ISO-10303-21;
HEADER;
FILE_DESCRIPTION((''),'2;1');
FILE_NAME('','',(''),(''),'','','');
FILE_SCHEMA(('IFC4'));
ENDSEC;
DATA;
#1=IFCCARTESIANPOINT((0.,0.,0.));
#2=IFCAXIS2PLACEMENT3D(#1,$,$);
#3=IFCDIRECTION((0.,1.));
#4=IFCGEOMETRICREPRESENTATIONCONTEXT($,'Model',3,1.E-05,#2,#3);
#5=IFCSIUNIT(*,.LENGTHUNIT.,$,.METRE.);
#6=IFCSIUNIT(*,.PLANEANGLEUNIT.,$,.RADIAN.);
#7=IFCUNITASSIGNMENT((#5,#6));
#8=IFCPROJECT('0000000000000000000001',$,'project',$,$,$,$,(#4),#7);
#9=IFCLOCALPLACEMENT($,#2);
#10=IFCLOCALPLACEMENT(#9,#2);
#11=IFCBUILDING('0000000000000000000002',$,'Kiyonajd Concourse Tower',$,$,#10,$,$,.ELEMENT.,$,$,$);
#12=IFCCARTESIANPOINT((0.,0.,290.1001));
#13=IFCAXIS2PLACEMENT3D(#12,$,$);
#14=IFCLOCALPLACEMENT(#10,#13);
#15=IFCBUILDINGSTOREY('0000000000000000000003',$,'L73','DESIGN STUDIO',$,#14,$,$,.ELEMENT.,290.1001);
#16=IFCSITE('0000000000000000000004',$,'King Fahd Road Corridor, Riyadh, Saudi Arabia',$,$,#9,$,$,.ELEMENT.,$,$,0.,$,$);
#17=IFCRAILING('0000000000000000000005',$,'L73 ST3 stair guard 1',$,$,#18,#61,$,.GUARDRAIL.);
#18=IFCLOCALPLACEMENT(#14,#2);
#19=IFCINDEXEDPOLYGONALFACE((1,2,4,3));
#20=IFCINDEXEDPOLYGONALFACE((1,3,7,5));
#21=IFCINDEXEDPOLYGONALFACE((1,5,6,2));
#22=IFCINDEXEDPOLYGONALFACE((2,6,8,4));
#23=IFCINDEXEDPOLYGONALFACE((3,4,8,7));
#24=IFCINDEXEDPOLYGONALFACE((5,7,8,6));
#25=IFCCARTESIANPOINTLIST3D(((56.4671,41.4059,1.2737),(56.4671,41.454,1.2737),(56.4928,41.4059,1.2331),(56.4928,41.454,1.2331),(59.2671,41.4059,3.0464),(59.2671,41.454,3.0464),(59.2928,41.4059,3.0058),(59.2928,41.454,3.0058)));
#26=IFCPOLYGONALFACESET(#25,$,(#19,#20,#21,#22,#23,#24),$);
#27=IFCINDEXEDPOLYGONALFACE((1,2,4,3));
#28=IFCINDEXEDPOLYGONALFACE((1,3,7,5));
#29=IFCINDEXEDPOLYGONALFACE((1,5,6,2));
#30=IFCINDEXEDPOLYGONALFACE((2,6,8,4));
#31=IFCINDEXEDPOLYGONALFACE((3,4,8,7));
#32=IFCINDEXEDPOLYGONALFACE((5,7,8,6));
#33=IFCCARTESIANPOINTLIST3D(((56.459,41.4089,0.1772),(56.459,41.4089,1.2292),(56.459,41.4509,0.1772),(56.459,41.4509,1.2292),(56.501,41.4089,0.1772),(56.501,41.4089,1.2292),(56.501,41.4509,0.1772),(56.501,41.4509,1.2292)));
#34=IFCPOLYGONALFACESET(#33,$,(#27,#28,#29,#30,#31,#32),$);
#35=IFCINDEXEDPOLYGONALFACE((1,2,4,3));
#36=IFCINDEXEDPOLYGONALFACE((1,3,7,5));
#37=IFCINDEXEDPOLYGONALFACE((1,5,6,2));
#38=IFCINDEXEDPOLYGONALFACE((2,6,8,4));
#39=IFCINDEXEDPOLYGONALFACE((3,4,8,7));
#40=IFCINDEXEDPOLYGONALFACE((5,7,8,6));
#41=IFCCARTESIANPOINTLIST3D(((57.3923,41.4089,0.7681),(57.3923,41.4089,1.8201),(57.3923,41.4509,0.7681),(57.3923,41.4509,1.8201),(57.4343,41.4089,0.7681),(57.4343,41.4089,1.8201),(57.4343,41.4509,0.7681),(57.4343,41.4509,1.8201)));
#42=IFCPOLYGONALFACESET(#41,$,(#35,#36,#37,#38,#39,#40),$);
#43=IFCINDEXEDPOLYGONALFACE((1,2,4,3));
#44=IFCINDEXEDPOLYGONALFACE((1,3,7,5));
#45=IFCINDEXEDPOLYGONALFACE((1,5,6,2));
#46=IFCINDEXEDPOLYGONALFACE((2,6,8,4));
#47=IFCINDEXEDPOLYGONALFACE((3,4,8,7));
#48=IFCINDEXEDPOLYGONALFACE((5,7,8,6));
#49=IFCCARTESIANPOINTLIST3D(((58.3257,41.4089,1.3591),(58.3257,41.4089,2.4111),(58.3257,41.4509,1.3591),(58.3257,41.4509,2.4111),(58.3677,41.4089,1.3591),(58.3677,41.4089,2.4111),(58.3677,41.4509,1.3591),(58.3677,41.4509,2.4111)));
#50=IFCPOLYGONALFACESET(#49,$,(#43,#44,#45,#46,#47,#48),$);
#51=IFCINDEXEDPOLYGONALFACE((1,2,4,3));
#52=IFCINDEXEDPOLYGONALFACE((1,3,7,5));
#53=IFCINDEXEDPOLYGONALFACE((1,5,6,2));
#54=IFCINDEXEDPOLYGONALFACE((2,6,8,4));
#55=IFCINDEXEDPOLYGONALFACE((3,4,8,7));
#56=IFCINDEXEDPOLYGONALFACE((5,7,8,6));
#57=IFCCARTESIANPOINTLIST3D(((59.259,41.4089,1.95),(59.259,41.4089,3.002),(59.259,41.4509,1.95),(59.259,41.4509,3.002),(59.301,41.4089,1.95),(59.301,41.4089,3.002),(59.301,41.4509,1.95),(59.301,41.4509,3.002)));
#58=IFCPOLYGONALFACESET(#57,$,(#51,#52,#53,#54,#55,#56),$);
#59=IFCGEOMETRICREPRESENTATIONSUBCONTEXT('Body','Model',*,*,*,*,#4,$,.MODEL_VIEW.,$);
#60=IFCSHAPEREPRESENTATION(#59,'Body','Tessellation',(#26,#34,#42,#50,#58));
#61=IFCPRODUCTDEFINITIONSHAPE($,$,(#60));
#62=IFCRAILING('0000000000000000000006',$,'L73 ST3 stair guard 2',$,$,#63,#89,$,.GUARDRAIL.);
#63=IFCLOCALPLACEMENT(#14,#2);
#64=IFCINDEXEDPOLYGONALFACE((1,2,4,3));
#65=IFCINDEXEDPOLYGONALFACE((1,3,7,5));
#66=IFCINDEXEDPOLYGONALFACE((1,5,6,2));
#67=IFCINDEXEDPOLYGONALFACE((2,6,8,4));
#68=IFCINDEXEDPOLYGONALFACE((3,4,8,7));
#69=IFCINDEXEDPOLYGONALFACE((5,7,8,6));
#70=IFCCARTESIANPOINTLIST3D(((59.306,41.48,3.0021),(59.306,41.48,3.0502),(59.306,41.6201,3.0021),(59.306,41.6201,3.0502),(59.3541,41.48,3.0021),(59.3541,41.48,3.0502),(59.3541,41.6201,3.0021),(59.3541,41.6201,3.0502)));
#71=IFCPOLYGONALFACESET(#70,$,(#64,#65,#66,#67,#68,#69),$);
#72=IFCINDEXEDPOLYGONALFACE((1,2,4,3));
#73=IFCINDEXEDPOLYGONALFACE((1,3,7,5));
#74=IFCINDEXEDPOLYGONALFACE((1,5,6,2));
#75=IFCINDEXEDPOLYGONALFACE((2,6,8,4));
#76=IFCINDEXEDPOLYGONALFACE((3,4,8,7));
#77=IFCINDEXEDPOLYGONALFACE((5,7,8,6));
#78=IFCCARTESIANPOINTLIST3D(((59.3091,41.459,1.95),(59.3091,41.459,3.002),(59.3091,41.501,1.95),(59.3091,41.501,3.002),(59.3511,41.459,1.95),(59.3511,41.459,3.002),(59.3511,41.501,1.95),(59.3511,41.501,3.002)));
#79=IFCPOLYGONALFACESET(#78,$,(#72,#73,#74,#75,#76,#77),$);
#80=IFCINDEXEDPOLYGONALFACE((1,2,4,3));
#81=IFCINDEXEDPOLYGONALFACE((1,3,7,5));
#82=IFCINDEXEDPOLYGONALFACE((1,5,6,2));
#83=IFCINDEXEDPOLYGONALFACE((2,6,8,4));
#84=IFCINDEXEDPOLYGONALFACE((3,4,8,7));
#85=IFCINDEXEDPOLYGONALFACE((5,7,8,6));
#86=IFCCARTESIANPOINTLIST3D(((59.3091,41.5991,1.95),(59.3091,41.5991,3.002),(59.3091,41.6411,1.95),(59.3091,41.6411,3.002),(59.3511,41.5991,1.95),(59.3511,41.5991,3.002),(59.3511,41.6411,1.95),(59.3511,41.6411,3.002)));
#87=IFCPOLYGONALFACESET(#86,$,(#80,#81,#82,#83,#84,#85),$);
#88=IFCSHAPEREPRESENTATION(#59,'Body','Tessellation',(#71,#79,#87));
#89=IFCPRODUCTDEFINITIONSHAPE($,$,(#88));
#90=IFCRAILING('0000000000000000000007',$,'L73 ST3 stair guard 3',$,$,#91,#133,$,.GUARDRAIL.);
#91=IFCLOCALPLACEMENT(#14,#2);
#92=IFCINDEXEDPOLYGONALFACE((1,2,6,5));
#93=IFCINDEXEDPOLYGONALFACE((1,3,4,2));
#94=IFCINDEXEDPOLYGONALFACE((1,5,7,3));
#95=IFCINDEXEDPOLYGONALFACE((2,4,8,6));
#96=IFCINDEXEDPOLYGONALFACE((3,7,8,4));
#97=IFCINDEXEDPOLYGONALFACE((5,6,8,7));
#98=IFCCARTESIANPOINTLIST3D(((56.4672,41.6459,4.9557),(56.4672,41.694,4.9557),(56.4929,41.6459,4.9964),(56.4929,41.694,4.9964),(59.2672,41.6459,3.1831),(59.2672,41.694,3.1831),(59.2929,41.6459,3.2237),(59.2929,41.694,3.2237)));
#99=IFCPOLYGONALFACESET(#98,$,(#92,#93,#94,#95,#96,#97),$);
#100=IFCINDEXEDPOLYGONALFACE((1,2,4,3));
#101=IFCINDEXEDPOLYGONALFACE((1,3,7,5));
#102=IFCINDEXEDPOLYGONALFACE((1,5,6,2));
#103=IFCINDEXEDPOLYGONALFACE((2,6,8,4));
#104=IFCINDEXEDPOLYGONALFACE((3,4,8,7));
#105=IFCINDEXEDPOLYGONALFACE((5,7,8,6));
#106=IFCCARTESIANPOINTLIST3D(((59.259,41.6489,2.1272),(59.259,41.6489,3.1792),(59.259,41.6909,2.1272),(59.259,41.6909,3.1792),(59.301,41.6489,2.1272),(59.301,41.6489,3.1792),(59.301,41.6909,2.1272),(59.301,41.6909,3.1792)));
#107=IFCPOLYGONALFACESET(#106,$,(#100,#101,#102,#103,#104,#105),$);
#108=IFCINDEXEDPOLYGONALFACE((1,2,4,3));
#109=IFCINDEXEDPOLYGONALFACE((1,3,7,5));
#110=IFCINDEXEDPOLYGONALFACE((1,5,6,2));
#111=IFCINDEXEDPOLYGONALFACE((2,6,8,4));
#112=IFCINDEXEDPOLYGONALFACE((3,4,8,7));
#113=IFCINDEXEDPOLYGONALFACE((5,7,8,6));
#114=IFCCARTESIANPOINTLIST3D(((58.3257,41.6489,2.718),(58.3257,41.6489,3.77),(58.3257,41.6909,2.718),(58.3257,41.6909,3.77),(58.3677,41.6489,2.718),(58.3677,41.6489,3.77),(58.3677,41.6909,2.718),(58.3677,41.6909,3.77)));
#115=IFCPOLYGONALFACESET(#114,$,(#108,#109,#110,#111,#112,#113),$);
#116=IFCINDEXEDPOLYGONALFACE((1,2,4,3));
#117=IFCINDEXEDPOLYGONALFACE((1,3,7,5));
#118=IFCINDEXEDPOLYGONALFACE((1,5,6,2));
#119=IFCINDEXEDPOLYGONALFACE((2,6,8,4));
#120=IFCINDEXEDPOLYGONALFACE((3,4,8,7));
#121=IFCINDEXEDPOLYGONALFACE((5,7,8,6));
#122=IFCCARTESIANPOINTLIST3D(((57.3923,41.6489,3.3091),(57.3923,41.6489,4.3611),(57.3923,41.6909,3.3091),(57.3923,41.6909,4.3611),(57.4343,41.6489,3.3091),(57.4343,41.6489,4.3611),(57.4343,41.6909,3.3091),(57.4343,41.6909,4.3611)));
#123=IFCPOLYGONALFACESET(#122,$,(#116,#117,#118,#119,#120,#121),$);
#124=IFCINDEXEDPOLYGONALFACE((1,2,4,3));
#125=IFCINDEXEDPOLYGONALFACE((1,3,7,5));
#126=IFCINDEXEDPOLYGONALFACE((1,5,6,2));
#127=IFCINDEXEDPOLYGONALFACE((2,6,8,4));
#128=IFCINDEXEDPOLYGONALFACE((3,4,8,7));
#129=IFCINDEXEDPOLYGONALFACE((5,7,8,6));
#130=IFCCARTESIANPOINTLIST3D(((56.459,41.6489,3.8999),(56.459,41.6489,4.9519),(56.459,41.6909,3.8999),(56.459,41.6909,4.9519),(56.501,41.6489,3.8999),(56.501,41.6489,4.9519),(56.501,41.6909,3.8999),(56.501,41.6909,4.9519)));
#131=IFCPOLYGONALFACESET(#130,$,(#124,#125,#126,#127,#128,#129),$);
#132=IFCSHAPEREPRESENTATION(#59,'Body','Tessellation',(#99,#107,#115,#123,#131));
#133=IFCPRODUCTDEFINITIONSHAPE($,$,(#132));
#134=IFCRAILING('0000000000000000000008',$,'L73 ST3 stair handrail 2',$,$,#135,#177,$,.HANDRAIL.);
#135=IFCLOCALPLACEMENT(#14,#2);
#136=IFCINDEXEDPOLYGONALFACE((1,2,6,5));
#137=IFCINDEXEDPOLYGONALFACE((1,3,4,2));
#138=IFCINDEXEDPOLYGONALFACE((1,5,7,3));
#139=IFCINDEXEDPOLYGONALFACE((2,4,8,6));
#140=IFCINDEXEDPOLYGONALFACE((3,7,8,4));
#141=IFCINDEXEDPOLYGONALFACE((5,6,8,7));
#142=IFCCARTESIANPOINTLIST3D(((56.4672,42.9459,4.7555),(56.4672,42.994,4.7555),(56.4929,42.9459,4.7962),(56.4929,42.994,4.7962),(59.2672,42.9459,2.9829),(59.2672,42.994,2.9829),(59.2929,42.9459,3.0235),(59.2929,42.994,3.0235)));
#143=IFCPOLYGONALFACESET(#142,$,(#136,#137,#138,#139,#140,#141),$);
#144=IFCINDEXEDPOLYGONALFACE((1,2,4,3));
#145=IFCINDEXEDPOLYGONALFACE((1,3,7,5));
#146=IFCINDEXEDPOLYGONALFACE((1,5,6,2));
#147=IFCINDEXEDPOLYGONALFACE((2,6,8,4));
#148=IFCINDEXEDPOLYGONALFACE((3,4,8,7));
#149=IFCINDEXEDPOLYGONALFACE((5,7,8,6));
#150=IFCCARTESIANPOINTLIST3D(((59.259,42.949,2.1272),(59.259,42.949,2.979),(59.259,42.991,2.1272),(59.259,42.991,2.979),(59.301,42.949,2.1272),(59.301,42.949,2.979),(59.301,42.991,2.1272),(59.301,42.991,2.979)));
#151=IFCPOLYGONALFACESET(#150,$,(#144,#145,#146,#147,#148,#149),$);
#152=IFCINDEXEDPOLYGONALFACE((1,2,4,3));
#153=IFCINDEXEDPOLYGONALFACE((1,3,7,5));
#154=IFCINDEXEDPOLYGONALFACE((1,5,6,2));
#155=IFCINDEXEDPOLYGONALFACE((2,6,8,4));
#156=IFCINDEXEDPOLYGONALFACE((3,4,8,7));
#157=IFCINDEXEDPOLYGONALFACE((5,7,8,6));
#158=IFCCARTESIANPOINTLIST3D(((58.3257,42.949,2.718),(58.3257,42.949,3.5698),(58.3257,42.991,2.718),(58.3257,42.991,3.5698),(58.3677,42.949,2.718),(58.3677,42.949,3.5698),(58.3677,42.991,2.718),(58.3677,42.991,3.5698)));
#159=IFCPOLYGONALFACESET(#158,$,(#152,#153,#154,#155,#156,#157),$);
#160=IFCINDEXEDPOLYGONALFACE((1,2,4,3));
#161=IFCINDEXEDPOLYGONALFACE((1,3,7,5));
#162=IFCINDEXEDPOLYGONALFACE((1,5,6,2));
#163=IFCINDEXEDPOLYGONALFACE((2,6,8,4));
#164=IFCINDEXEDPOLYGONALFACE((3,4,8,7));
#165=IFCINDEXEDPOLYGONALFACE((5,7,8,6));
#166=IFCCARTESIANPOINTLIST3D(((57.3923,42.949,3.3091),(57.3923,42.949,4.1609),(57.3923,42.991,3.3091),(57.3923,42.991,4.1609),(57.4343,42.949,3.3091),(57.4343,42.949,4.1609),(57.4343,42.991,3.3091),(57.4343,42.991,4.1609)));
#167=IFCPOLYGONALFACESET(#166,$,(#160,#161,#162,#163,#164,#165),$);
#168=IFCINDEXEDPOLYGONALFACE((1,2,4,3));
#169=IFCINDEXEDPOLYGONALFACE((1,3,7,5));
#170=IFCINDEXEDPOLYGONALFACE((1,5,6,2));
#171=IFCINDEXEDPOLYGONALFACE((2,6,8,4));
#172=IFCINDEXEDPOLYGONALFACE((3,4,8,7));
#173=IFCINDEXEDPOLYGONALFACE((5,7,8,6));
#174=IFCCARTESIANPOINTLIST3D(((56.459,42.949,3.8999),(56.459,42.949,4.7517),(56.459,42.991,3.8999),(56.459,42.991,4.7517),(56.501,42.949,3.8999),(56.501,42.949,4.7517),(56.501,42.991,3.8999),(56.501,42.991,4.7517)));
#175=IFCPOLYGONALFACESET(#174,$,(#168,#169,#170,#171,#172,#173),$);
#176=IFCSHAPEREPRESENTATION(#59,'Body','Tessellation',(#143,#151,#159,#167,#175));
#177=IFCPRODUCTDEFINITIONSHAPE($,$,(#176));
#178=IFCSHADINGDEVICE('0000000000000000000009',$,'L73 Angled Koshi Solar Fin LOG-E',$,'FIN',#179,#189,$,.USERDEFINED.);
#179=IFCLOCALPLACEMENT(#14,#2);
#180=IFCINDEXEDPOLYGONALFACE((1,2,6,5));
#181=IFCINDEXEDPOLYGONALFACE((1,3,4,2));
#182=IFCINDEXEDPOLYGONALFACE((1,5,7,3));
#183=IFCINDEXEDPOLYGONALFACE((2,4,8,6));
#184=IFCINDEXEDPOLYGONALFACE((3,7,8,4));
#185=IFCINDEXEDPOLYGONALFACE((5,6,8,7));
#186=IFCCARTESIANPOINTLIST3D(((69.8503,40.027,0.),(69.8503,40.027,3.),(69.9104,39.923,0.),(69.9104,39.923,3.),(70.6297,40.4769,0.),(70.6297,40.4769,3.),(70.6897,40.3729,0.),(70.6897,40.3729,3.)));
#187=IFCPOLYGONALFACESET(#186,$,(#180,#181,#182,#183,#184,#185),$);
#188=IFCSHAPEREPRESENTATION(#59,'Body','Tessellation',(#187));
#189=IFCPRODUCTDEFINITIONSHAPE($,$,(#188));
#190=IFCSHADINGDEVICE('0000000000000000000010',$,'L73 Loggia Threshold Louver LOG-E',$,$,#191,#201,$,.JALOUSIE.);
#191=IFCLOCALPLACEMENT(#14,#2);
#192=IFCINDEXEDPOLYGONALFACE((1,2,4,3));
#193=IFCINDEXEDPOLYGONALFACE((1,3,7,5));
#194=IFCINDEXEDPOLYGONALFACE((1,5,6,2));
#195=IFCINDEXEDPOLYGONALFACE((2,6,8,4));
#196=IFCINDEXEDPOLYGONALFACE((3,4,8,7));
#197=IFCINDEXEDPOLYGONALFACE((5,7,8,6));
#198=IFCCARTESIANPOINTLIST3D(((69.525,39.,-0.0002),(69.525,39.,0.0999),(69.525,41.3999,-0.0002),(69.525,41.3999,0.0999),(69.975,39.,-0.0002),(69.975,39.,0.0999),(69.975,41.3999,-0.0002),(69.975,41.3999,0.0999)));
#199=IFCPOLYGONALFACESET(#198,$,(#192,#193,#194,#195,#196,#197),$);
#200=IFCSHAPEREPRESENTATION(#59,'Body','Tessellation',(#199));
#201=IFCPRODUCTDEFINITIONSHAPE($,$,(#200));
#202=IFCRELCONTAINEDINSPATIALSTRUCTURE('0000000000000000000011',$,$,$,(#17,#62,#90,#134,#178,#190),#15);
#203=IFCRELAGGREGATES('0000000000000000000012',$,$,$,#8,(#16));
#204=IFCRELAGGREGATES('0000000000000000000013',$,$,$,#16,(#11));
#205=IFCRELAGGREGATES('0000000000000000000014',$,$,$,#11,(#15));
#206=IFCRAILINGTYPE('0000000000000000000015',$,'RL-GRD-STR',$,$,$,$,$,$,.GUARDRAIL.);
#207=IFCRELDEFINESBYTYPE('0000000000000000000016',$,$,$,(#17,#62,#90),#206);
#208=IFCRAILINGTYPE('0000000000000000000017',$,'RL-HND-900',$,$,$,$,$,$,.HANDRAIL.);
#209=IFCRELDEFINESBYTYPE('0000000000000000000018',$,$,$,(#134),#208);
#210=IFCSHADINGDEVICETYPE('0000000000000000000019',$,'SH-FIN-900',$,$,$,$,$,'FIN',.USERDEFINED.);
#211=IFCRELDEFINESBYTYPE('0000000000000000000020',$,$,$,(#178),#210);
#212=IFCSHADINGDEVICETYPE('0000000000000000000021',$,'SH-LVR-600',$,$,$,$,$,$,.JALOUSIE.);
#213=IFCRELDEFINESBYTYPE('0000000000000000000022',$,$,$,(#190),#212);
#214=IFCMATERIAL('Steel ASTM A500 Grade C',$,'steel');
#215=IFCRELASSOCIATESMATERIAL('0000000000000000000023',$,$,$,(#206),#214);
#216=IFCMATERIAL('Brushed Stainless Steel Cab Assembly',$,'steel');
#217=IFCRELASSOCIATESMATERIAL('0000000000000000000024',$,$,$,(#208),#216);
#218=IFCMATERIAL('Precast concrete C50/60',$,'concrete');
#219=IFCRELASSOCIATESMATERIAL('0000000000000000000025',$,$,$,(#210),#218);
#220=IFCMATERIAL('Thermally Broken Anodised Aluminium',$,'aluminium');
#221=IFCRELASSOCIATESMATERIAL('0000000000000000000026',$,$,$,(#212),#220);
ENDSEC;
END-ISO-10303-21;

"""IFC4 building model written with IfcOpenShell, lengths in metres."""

from ifc_helpers import new_model, si_unit, direction, frame, origin, origin_2d, place, context, subcontext, project, spatial, rectangle, extrude, material, type_object, element, save


model = new_model("IFC4")

# Units and contexts
model_context = context("Model", 3, precision=1e-05, world=origin(), true_north=direction((0.0, 1.0)))
body_context = subcontext(model_context, "Body", "Model", "MODEL_VIEW")
ifc_project = project(units=[si_unit("LENGTHUNIT", "METRE"), si_unit("PLANEANGLEUNIT", "RADIAN")], contexts=[model_context])

# Site, building, storey
site_placement = place(None, origin())
site = spatial("IfcSite", under=ifc_project, at=site_placement, Name="King Fahd Road Corridor, Riyadh, Saudi Arabia", CompositionType="ELEMENT", RefElevation=0.0)
building_placement = place(site_placement, origin())
building = spatial("IfcBuilding", under=site, at=building_placement, Name="Kiyonajd Concourse Tower", CompositionType="ELEMENT")
storey_placement = place(building_placement, frame((0.0, 0.0, 290.1001)))
storey = spatial("IfcBuildingStorey", under=building, at=storey_placement, Name="L73", Description="DESIGN STUDIO", CompositionType="ELEMENT", Elevation=290.1001)

# Shared definitions
ifc_material_1 = material(Name="Thermally Broken Anodised Aluminium", Category="aluminium")

# Shared definitions
ifc_material_2 = material(Name="Precast concrete C50/60", Category="concrete")

# Shared definitions
ifc_material_3 = material(Name="Brushed Stainless Steel Cab Assembly", Category="steel")

# Railings
ifc_material_4 = material(Name="Steel ASTM A500 Grade C", Category="steel")
railing_type_1 = type_object("IfcRailingType", Name="RL-GRD-STR", PredefinedType="GUARDRAIL", material=ifc_material_4)
railing_1_placement = place(storey_placement, frame((56.48, 41.4299, 0.1772)))
element("IfcRailing", 1, at=railing_1_placement, inside=storey, type_object=railing_type_1, Name="L73 ST3 stair guard 1", PredefinedType="GUARDRAIL", context=body_context, shape_type="SweptSolid", body=[
    extrude(rectangle(XDim=0.0481, YDim=0.0481, at=origin_2d()), frame((0.0, 0.0, 1.0762), z_axis=(0.844909, 0.0, 0.53491), x_axis=(0.0, 1.0, 0.0)), (0.0, 0.0, 1.0), 3.314),
    extrude(rectangle(XDim=0.042, YDim=0.042, at=origin_2d()), origin(), (0.0, 0.0, 1.0), 1.052),
    extrude(rectangle(XDim=0.042, YDim=0.042, at=origin_2d()), frame((0.9333, 0.0, 0.5908)), (0.0, 0.0, 1.0), 1.052),
    extrude(rectangle(XDim=0.042, YDim=0.042, at=origin_2d()), frame((1.8667, 0.0, 1.1819)), (0.0, 0.0, 1.0), 1.052),
    extrude(rectangle(XDim=0.042, YDim=0.042, at=origin_2d()), frame((2.8, 0.0, 1.7727)), (0.0, 0.0, 1.0), 1.052),
])
railing_2_placement = place(storey_placement, frame((59.3301, 41.48, 1.95)))
element("IfcRailing", 2, at=railing_2_placement, inside=storey, type_object=railing_type_1, Name="L73 ST3 stair guard 2", PredefinedType="GUARDRAIL", context=body_context, shape_type="SweptSolid", body=[
    extrude(rectangle(XDim=0.0481, YDim=0.0481, at=origin_2d()), frame((0.0, 0.0, 1.0762), z_axis=(0.0, 1.0, 0.0), x_axis=(-1.0, 0.0, 0.0)), (0.0, 0.0, 1.0), 0.1401),
    extrude(rectangle(XDim=0.042, YDim=0.042, at=origin_2d()), origin(), (0.0, 0.0, 1.0), 1.052),
    extrude(rectangle(XDim=0.042, YDim=0.042, at=origin_2d()), frame((0.0, 0.1401, 0.0)), (0.0, 0.0, 1.0), 1.052),
])
railing_3_placement = place(storey_placement, frame((59.28, 41.6699, 2.1272)))
element("IfcRailing", 3, at=railing_3_placement, inside=storey, type_object=railing_type_1, Name="L73 ST3 stair guard 3", PredefinedType="GUARDRAIL", context=body_context, shape_type="SweptSolid", body=[
    extrude(rectangle(XDim=0.0481, YDim=0.0481, at=origin_2d()), frame((0.0, 0.0, 1.0762), z_axis=(-0.844909, 0.0, 0.53491), x_axis=(0.0, -1.0, 0.0)), (0.0, 0.0, 1.0), 3.314),
    extrude(rectangle(XDim=0.042, YDim=0.042, at=origin_2d()), origin(), (0.0, 0.0, 1.0), 1.052),
    extrude(rectangle(XDim=0.042, YDim=0.042, at=origin_2d()), frame((-0.9333, 0.0, 0.5908)), (0.0, 0.0, 1.0), 1.052),
    extrude(rectangle(XDim=0.042, YDim=0.042, at=origin_2d()), frame((-1.8667, 0.0, 1.1819)), (0.0, 0.0, 1.0), 1.052),
    extrude(rectangle(XDim=0.042, YDim=0.042, at=origin_2d()), frame((-2.8, 0.0, 1.7727)), (0.0, 0.0, 1.0), 1.052),
])
railing_type_2 = type_object("IfcRailingType", Name="RL-HND-900", PredefinedType="HANDRAIL", material=ifc_material_3)
railing_4_placement = place(storey_placement, frame((59.28, 42.97, 2.1272)))
element("IfcRailing", 4, at=railing_4_placement, inside=storey, type_object=railing_type_2, Name="L73 ST3 stair handrail 2", PredefinedType="HANDRAIL", context=body_context, shape_type="SweptSolid", body=[
    extrude(rectangle(XDim=0.0481, YDim=0.0481, at=origin_2d()), frame((0.0, 0.0, 0.876), z_axis=(-0.844909, 0.0, 0.53491), x_axis=(0.0, -1.0, 0.0)), (0.0, 0.0, 1.0), 3.314),
    extrude(rectangle(XDim=0.042, YDim=0.042, at=origin_2d()), origin(), (0.0, 0.0, 1.0), 0.8518),
    extrude(rectangle(XDim=0.042, YDim=0.042, at=origin_2d()), frame((-0.9333, 0.0, 0.5908)), (0.0, 0.0, 1.0), 0.8518),
    extrude(rectangle(XDim=0.042, YDim=0.042, at=origin_2d()), frame((-1.8667, 0.0, 1.1819)), (0.0, 0.0, 1.0), 0.8518),
    extrude(rectangle(XDim=0.042, YDim=0.042, at=origin_2d()), frame((-2.8, 0.0, 1.7727)), (0.0, 0.0, 1.0), 0.8518),
])

# Shading devices
shading_device_type_1 = type_object("IfcShadingDeviceType", Name="SH-FIN-900", ElementType="FIN", PredefinedType="USERDEFINED", material=ifc_material_2)
shading_device_1_placement = place(storey_placement, frame((70.27, 40.2, 0.0), z_axis=(0.0, 0.0, 1.0), x_axis=(0.866025, 0.5, 0.0)))
element("IfcShadingDevice", 5, at=shading_device_1_placement, inside=storey, type_object=shading_device_type_1, Name="L73 Angled Koshi Solar Fin LOG-E", ObjectType="FIN", PredefinedType="USERDEFINED", context=body_context, shape_type="SweptSolid", body=[
    extrude(rectangle(XDim=0.8999, YDim=0.1201, at=origin_2d()), origin(), (0.0, 0.0, 1.0), 3.0),
])
shading_device_type_2 = type_object("IfcShadingDeviceType", Name="SH-LVR-600", PredefinedType="JALOUSIE", material=ifc_material_1)
shading_device_2_placement = place(storey_placement, frame((69.75, 40.2, -0.0002), z_axis=(0.0, 0.0, 1.0), x_axis=(0.0, 1.0, 0.0)))
element("IfcShadingDevice", 6, at=shading_device_2_placement, inside=storey, type_object=shading_device_type_2, Name="L73 Loggia Threshold Louver LOG-E", PredefinedType="JALOUSIE", context=body_context, shape_type="SweptSolid", body=[
    extrude(rectangle(XDim=2.3999, YDim=0.45, at=origin_2d()), origin(), (0.0, 0.0, 1.0), 0.1001),
])

save(model, "model.ifc")
